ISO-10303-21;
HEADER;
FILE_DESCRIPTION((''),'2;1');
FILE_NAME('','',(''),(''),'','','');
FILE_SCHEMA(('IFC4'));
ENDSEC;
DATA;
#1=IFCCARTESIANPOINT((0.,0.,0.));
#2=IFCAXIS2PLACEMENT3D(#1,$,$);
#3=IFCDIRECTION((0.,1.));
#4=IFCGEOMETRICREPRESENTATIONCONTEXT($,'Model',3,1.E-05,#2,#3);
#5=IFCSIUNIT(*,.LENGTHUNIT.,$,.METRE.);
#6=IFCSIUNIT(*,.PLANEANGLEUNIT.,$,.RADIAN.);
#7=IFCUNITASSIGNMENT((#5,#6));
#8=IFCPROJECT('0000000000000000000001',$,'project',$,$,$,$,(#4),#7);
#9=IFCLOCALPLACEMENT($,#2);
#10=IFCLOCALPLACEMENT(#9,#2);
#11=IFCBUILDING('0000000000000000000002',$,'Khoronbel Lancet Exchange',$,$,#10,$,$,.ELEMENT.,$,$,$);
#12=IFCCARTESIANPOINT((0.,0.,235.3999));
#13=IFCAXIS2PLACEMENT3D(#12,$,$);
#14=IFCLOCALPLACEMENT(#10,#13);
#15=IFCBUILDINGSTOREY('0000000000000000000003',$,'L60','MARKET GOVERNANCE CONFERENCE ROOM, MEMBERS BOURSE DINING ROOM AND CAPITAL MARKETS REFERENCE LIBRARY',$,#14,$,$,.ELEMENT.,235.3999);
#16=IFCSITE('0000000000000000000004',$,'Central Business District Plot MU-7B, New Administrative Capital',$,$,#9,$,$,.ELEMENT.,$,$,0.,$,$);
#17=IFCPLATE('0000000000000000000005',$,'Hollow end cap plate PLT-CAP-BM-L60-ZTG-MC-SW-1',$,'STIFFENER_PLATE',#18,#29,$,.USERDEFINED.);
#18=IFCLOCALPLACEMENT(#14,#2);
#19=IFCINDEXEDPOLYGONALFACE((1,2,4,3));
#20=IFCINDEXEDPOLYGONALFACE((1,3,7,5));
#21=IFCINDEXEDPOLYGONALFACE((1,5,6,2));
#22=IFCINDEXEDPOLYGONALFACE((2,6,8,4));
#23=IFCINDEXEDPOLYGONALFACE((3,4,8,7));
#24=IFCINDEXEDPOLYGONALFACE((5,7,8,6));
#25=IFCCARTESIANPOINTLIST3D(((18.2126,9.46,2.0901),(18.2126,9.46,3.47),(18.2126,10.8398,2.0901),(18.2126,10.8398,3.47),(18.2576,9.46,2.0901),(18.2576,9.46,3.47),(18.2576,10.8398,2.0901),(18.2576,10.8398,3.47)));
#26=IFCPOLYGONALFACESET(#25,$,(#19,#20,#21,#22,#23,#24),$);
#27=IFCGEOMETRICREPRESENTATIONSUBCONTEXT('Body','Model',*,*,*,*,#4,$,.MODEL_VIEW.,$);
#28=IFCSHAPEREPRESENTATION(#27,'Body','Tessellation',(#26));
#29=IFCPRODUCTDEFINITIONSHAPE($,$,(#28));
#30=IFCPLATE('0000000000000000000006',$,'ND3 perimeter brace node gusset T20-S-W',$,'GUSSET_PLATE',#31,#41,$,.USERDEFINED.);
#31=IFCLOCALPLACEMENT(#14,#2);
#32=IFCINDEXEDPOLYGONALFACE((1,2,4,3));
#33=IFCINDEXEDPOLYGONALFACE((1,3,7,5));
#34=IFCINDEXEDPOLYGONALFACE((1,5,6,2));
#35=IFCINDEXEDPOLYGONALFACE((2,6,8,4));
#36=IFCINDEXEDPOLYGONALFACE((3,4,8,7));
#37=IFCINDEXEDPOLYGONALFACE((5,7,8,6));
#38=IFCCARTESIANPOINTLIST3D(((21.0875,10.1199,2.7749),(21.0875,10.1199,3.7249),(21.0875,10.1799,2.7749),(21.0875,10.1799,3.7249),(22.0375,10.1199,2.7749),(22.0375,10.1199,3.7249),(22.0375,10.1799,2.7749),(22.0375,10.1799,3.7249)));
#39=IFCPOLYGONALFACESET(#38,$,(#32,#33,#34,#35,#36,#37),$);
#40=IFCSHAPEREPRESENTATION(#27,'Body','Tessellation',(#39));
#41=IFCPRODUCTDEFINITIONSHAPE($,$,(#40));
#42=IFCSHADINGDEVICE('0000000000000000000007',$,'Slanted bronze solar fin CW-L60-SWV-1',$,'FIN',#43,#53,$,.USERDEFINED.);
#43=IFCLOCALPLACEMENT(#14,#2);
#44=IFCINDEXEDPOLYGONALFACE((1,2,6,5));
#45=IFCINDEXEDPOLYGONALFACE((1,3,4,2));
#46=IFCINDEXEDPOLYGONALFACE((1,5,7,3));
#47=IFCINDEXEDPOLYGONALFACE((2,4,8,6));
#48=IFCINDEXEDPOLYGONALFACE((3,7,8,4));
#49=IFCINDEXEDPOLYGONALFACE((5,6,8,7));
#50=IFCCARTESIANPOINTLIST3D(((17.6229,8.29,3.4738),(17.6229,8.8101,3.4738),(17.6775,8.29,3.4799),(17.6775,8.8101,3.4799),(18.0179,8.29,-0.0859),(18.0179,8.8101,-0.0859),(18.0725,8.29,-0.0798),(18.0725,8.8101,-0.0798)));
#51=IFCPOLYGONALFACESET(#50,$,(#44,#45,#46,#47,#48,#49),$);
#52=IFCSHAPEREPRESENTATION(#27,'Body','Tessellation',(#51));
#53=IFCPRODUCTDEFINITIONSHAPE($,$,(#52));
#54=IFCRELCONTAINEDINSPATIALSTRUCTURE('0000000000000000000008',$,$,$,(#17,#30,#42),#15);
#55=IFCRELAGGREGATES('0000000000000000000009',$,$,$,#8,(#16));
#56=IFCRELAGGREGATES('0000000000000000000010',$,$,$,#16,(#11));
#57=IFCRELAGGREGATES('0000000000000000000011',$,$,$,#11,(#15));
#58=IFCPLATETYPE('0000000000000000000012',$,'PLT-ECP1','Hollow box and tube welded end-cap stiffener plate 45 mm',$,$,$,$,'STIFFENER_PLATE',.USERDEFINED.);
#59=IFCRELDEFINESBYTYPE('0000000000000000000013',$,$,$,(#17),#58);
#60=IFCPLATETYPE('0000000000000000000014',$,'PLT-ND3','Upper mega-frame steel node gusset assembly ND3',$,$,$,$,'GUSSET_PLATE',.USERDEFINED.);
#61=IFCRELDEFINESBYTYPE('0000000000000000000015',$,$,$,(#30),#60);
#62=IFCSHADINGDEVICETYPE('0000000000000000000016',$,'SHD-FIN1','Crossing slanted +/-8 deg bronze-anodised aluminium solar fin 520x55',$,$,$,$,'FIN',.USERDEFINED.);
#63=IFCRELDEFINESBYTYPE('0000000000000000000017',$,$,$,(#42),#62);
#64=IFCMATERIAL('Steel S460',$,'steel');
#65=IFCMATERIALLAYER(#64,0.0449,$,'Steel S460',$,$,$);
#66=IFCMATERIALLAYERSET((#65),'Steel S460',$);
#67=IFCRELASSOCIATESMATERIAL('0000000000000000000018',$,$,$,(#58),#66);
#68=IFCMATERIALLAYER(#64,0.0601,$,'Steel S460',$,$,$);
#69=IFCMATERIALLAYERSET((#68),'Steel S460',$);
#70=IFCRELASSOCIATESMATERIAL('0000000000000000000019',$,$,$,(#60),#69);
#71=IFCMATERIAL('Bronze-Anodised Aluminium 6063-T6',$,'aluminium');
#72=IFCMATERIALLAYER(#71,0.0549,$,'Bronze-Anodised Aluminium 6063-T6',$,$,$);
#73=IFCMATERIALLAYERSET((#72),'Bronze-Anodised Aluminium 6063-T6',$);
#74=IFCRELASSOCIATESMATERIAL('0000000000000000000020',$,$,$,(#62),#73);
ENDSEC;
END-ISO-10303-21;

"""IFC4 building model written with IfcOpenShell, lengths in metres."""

from ifc_helpers import new_model, si_unit, direction, frame, origin, origin_2d, place, context, subcontext, project, spatial, polyline, rectangle, outline, extrude, material, layer, layer_set, type_object, element, save


model = new_model("IFC4")

# Units and contexts
model_context = context("Model", 3, precision=1e-05, world=origin(), true_north=direction((0.0, 1.0)))
body_context = subcontext(model_context, "Body", "Model", "MODEL_VIEW")
ifc_project = project(units=[si_unit("LENGTHUNIT", "METRE"), si_unit("PLANEANGLEUNIT", "RADIAN")], contexts=[model_context])

# Site, building, storey
site_placement = place(None, origin())
site = spatial("IfcSite", under=ifc_project, at=site_placement, Name="Central Business District Plot MU-7B, New Administrative Capital", CompositionType="ELEMENT", RefElevation=0.0)
building_placement = place(site_placement, origin())
building = spatial("IfcBuilding", under=site, at=building_placement, Name="Khoronbel Lancet Exchange", CompositionType="ELEMENT")
storey_placement = place(building_placement, frame((0.0, 0.0, 235.3999)))
storey = spatial("IfcBuildingStorey", under=building, at=storey_placement, Name="L60", Description="MARKET GOVERNANCE CONFERENCE ROOM, MEMBERS BOURSE DINING ROOM AND CAPITAL MARKETS REFERENCE LIBRARY", CompositionType="ELEMENT", Elevation=235.3999)

# Shared definitions
ifc_material_1 = material(Name="Steel S460", Category="steel")

# Shared definitions
ifc_material_2 = material(Name="Bronze-Anodised Aluminium 6063-T6", Category="aluminium")

# Plates
ifc_layer_1 = layer(ifc_material_1, 0.0449, Name="Steel S460")
ifc_layer_set_1 = layer_set([ifc_layer_1], Name="Steel S460")
plate_type_1 = type_object("IfcPlateType", Name="PLT-ECP1", Description="Hollow box and tube welded end-cap stiffener plate 45 mm", ElementType="STIFFENER_PLATE", PredefinedType="USERDEFINED", material=ifc_layer_set_1)
plate_1_placement = place(storey_placement, frame((18.2351, 10.1499, 2.0901), z_axis=(0.0, 0.0, 1.0), x_axis=(1.0, 0.0, 0.0)))
element("IfcPlate", 1, at=plate_1_placement, inside=storey, type_object=plate_type_1, Name="Hollow end cap plate PLT-CAP-BM-L60-ZTG-MC-SW-1", ObjectType="STIFFENER_PLATE", PredefinedType="USERDEFINED", context=body_context, shape_type="SweptSolid", body=[
    extrude(rectangle(XDim=0.0449, YDim=1.3799, at=origin_2d()), origin(), (0.0, 0.0, 1.0), 1.3799),
])
ifc_layer_2 = layer(ifc_material_1, 0.0601, Name="Steel S460")
ifc_layer_set_2 = layer_set([ifc_layer_2], Name="Steel S460")
plate_type_2 = type_object("IfcPlateType", Name="PLT-ND3", Description="Upper mega-frame steel node gusset assembly ND3", ElementType="GUSSET_PLATE", PredefinedType="USERDEFINED", material=ifc_layer_set_2)
plate_2_placement = place(storey_placement, frame((21.5625, 10.1499, 2.7749), z_axis=(0.0, 0.0, 1.0), x_axis=(1.0, 0.0, 0.0)))
element("IfcPlate", 2, at=plate_2_placement, inside=storey, type_object=plate_type_2, Name="ND3 perimeter brace node gusset T20-S-W", ObjectType="GUSSET_PLATE", PredefinedType="USERDEFINED", context=body_context, shape_type="SweptSolid", body=[
    extrude(rectangle(XDim=0.95, YDim=0.0601, at=origin_2d()), origin(), (0.0, 0.0, 1.0), 0.95),
])

# Shading device
ifc_layer_3 = layer(ifc_material_2, 0.0549, Name="Bronze-Anodised Aluminium 6063-T6")
ifc_layer_set_3 = layer_set([ifc_layer_3], Name="Bronze-Anodised Aluminium 6063-T6")
shading_device_type = type_object("IfcShadingDeviceType", Name="SHD-FIN1", Description="Crossing slanted +/-8 deg bronze-anodised aluminium solar fin 520x55", ElementType="FIN", PredefinedType="USERDEFINED", material=ifc_layer_set_3)
shading_device_placement = place(storey_placement, frame((18.0725, 8.8101, -0.0798), z_axis=(0.9939, 0.0, 0.110289), x_axis=(0.0, -1.0, 0.0)))
element("IfcShadingDevice", 3, at=shading_device_placement, inside=storey, type_object=shading_device_type, Name="Slanted bronze solar fin CW-L60-SWV-1", ObjectType="FIN", PredefinedType="USERDEFINED", context=body_context, shape_type="SweptSolid", body=[
    extrude(outline(polyline([(0.0, 0.0), (0.52, 0.0), (0.52, -3.5815), (0.0, -3.5815), (0.0, 0.0)])), origin(), (0.0, 0.0, -1.0), 0.0549),
])

save(model, "model.ifc")
